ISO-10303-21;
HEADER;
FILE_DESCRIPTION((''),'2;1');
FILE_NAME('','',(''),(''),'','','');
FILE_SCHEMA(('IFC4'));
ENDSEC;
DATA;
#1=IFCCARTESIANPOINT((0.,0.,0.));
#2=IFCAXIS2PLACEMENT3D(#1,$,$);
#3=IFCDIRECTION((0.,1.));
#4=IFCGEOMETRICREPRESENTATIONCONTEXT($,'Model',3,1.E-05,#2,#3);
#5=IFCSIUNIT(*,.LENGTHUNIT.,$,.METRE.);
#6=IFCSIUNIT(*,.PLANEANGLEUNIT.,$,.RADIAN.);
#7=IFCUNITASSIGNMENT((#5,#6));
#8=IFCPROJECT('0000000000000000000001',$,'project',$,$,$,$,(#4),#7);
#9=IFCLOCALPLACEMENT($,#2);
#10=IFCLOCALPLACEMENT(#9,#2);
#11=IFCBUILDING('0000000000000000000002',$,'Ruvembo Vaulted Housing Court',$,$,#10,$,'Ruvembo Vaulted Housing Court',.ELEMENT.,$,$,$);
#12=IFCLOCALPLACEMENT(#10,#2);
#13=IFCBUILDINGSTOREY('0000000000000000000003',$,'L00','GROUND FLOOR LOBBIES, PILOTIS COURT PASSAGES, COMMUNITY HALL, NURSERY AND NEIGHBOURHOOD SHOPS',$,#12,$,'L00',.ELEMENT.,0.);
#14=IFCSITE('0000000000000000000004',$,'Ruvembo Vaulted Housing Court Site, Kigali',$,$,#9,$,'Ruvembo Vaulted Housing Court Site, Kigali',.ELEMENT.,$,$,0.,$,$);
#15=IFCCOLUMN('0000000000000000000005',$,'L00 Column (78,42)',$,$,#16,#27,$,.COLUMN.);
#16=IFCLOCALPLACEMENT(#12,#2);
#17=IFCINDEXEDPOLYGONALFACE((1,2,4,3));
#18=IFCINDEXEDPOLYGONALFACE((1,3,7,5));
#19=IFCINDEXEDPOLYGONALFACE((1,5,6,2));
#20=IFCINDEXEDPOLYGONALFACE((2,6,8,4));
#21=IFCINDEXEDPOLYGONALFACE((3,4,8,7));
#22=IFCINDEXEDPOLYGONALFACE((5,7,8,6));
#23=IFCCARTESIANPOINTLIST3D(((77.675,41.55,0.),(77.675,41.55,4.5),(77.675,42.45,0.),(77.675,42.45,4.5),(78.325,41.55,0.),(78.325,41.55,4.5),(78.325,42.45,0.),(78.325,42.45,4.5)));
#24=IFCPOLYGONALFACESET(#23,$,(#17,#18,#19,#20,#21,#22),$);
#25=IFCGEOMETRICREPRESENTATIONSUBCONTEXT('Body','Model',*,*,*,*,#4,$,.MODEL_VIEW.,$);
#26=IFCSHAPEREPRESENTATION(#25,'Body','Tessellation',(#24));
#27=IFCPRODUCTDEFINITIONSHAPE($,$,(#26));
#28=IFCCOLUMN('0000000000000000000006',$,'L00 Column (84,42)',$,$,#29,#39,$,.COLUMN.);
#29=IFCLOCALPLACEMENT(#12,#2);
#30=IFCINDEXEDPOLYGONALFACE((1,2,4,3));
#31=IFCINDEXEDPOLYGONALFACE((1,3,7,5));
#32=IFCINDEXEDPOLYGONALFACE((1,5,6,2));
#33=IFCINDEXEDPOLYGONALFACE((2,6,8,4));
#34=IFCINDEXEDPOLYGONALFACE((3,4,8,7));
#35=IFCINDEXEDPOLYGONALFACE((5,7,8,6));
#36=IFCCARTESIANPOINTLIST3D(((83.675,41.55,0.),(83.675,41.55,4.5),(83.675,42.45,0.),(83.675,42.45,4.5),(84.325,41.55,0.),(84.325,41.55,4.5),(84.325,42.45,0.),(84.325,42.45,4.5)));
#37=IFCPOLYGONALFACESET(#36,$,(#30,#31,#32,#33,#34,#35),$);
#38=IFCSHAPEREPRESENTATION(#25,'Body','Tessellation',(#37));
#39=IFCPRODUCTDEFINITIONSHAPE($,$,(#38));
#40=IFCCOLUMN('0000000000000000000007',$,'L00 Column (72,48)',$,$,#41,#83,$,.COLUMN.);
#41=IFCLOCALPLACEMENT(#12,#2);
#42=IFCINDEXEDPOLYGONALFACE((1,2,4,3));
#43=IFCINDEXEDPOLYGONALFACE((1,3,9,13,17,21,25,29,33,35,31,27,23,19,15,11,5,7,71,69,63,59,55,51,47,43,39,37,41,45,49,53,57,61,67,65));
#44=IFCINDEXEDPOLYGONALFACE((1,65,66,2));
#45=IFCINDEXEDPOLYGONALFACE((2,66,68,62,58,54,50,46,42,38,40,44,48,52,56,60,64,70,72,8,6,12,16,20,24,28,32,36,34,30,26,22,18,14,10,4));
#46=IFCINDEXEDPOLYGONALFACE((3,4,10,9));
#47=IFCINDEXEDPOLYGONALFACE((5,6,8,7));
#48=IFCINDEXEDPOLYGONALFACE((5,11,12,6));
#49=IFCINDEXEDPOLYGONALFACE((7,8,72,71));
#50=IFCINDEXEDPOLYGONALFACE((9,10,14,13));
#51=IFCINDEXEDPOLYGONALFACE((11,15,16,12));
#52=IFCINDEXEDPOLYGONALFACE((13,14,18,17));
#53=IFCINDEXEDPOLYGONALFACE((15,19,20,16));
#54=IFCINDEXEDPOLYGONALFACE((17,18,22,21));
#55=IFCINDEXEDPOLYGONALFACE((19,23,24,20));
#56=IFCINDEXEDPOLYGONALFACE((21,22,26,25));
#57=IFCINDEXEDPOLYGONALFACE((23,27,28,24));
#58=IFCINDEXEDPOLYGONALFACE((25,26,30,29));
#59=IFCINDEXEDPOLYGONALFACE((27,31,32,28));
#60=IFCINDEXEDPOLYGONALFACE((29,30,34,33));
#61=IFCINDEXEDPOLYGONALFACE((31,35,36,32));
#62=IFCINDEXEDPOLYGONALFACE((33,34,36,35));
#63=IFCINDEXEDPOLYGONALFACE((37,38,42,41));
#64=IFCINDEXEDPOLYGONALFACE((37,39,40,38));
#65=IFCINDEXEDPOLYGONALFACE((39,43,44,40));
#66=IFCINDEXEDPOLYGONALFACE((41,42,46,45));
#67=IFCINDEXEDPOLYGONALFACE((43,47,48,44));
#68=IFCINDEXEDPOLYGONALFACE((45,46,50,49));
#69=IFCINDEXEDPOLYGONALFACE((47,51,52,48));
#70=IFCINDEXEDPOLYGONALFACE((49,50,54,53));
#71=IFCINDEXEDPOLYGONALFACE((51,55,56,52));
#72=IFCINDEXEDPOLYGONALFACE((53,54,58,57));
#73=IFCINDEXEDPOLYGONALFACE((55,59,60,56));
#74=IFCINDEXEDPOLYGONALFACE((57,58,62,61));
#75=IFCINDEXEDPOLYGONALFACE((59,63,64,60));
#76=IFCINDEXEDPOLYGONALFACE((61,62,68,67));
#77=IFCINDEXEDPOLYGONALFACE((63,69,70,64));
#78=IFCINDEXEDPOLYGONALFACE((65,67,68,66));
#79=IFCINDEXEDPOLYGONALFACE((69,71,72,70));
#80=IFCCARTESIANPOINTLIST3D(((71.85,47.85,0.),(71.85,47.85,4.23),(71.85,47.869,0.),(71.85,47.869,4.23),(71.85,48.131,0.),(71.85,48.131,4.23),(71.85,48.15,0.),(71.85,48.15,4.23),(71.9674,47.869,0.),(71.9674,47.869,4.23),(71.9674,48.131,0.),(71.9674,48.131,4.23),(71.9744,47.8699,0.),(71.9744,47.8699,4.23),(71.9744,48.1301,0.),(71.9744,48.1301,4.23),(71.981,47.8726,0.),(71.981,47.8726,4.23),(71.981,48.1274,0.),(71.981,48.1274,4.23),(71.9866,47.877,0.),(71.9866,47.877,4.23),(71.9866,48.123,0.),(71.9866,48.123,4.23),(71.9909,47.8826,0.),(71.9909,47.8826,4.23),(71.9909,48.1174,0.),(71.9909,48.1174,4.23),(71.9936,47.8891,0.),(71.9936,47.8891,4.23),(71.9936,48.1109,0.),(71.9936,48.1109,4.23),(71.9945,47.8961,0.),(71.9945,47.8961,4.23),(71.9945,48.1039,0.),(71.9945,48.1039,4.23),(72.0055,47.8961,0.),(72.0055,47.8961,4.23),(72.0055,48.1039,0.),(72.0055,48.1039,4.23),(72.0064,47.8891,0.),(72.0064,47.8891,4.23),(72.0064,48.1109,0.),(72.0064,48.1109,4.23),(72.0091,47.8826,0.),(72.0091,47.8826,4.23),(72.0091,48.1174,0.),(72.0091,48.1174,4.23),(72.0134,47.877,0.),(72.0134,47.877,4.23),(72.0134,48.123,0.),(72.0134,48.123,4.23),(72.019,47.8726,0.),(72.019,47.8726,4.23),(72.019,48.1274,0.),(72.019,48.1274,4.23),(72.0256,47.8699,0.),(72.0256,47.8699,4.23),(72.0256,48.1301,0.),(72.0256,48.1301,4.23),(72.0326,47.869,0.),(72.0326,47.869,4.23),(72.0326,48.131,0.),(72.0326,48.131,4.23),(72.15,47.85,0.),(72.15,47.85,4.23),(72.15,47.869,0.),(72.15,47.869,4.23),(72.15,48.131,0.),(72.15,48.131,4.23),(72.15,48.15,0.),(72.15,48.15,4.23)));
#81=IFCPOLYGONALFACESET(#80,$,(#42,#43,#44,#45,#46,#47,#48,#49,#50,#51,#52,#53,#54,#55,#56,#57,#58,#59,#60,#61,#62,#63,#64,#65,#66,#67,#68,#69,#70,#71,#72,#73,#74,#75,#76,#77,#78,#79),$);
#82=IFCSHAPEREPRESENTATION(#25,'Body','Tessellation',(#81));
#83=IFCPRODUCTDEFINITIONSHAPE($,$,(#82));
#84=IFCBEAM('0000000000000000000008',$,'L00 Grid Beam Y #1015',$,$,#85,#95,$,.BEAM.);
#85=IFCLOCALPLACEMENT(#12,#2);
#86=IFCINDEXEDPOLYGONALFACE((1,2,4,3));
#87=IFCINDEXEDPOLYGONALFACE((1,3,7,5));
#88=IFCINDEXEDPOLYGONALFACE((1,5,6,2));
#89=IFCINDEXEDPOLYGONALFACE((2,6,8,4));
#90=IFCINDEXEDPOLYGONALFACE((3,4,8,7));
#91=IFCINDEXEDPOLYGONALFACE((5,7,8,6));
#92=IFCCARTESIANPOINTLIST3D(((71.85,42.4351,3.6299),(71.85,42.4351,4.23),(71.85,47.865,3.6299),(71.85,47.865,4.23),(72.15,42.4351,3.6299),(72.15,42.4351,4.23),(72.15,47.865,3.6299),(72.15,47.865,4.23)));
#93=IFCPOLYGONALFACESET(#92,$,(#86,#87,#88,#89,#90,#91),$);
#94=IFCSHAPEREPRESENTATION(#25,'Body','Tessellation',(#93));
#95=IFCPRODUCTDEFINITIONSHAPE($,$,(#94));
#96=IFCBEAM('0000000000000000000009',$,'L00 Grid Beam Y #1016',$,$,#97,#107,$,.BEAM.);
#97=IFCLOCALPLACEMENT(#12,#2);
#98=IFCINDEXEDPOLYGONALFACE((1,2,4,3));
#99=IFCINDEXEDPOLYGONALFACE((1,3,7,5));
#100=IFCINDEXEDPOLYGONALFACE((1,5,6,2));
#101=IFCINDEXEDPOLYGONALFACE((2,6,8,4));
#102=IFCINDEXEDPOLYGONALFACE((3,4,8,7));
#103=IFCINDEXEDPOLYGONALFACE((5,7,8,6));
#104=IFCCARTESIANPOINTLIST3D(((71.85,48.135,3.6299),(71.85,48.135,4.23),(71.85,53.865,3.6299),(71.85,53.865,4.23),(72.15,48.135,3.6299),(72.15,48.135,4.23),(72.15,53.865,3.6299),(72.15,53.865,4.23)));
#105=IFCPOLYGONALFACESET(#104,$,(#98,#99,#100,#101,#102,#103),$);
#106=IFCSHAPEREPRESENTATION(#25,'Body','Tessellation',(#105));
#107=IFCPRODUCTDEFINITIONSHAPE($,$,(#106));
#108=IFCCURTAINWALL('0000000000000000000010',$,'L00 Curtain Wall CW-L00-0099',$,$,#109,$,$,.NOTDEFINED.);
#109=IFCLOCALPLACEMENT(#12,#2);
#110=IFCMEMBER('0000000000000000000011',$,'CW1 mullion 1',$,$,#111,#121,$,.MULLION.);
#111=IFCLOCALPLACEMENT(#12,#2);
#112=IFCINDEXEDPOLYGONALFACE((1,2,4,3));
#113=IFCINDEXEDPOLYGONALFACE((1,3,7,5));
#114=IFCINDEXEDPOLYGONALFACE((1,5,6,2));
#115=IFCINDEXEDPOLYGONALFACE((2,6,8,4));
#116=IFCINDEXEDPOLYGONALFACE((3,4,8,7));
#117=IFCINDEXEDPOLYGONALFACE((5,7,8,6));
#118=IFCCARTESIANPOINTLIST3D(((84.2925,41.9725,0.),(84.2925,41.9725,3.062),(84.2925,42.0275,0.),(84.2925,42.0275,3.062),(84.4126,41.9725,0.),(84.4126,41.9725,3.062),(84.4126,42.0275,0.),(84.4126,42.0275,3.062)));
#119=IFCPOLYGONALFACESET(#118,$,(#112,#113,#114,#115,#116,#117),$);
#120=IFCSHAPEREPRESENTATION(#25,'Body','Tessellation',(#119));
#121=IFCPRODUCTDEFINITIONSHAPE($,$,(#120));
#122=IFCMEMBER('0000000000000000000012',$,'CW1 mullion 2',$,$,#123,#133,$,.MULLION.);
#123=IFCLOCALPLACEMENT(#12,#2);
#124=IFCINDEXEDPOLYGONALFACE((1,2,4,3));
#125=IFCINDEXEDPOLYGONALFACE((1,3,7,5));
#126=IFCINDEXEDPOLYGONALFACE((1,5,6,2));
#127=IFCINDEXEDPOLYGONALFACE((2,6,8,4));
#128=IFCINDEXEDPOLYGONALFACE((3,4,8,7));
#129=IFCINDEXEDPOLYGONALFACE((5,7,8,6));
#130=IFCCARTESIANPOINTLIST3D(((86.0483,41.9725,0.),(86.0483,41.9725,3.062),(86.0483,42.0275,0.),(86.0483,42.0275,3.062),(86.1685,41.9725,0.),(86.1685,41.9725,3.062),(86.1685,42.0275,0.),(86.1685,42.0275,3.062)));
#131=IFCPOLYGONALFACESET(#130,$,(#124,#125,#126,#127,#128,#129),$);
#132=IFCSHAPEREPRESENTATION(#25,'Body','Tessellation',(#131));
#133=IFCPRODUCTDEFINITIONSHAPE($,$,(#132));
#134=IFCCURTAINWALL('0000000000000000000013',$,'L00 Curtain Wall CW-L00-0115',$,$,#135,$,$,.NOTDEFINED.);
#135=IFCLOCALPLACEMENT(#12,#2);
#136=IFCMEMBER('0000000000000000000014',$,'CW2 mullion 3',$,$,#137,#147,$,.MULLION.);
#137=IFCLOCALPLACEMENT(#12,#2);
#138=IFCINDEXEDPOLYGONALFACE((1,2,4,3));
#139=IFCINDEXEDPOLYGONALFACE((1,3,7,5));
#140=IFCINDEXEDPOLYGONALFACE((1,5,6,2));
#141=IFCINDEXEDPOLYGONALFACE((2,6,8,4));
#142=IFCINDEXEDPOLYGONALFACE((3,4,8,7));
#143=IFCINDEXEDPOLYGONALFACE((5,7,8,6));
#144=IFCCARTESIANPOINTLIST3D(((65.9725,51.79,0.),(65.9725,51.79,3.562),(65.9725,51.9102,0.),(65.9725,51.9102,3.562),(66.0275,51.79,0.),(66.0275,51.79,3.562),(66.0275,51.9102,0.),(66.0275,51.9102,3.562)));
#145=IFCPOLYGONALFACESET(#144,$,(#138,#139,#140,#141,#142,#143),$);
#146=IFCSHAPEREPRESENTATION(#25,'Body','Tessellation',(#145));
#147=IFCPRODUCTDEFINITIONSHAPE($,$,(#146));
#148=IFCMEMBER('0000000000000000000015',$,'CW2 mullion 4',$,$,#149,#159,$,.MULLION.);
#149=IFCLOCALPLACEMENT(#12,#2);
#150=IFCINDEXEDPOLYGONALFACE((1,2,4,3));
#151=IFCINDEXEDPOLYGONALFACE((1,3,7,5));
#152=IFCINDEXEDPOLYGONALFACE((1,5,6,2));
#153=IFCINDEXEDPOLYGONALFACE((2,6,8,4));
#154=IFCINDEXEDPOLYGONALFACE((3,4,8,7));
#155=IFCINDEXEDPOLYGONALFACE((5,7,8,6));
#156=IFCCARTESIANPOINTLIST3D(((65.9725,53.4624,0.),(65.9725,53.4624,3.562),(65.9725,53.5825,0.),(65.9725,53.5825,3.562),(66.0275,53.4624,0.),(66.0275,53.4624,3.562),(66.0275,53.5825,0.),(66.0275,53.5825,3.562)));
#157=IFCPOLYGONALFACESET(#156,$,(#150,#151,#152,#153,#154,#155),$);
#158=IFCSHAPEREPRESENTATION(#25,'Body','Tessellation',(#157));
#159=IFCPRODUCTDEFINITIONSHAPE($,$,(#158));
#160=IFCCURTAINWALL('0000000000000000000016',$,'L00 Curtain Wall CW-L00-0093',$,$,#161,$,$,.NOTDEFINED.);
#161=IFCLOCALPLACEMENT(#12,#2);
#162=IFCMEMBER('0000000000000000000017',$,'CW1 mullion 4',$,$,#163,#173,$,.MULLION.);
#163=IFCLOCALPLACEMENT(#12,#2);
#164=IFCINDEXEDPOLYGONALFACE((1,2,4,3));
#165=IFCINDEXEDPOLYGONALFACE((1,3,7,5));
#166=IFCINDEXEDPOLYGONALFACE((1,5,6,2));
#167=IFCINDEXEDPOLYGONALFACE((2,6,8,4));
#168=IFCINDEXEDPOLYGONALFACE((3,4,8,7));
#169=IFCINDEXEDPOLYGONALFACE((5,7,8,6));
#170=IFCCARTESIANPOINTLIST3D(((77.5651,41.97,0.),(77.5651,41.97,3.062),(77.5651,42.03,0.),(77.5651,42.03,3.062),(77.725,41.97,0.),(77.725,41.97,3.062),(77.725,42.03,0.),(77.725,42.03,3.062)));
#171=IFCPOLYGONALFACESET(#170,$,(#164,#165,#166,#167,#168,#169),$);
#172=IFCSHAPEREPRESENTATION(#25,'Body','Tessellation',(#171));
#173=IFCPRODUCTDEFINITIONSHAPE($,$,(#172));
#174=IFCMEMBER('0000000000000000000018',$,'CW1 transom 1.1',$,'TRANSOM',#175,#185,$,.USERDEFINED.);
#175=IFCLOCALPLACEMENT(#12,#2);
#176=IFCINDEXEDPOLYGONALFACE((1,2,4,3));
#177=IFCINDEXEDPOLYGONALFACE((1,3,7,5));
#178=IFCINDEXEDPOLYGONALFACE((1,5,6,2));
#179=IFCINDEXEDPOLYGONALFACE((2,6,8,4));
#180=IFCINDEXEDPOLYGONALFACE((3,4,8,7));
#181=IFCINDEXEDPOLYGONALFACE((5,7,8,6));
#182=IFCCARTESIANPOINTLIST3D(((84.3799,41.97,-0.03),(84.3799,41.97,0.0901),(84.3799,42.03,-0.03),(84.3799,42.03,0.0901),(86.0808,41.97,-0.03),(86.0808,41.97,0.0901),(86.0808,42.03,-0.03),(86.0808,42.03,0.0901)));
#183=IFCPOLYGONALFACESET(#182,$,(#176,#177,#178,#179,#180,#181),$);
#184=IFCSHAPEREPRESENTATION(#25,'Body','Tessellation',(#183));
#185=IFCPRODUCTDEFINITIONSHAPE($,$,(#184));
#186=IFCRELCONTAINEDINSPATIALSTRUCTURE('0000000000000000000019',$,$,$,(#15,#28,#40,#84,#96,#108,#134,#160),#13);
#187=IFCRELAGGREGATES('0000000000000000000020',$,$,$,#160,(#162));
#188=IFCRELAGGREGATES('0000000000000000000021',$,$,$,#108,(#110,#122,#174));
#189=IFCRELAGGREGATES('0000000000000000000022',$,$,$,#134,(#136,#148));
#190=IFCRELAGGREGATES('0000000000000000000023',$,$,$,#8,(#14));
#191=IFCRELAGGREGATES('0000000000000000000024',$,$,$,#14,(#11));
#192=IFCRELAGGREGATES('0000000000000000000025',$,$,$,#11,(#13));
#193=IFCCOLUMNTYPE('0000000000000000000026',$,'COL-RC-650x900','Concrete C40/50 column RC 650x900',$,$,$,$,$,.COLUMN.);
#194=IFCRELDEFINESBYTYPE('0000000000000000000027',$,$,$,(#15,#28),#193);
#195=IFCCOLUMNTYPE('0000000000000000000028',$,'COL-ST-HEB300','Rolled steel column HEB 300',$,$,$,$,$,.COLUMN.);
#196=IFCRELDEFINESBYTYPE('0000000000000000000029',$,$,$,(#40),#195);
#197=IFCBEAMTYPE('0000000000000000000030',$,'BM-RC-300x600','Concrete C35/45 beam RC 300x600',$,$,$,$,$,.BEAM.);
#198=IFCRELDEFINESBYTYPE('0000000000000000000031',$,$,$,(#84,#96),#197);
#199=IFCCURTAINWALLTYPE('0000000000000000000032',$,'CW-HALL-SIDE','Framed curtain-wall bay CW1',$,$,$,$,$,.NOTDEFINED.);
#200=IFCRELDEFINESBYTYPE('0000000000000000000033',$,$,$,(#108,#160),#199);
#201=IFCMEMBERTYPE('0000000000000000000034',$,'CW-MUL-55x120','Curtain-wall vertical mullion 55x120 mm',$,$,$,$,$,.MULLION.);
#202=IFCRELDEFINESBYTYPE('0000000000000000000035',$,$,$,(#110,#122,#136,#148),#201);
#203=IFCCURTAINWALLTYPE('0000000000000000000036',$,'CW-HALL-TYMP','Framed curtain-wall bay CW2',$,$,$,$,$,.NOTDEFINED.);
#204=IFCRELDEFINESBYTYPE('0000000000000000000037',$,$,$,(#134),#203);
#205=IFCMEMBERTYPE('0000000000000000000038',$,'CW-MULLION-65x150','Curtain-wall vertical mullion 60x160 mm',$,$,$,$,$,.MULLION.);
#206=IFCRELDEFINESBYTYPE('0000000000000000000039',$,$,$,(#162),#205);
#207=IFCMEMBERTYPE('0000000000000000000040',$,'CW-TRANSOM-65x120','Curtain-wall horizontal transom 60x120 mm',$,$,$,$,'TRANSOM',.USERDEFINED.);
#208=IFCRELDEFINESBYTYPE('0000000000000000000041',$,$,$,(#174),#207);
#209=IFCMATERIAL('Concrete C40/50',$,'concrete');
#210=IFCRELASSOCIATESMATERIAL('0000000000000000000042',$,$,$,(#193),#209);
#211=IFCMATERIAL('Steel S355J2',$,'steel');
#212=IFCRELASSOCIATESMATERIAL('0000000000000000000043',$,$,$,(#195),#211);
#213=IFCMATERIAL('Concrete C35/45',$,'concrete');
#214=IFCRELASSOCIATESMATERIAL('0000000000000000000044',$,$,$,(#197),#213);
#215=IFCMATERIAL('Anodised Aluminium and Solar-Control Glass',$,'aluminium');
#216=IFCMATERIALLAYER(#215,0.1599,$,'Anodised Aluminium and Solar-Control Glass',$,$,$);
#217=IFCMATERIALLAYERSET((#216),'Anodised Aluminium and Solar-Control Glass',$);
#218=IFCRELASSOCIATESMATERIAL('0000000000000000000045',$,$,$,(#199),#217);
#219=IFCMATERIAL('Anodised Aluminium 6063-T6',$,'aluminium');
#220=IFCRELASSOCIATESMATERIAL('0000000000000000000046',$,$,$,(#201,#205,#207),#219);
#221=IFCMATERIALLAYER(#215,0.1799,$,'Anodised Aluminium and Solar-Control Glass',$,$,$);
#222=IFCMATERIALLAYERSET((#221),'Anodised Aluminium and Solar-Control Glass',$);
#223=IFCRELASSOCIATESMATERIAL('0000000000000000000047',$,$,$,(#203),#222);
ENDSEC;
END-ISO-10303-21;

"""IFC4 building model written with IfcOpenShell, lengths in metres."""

from ifc_helpers import new_model, si_unit, direction, frame, origin, origin_2d, place, context, subcontext, project, spatial, rectangle, i_section, extrude, material, layer, layer_set, material_profile, profile_set, type_object, element, aggregate, save


model = new_model("IFC4")

# Units and contexts
model_context = context("Model", 3, precision=1e-05, world=origin(), true_north=direction((0.0, 1.0)))
body_context = subcontext(model_context, "Body", "Model", "MODEL_VIEW")
ifc_project = project(units=[si_unit("LENGTHUNIT", "METRE"), si_unit("PLANEANGLEUNIT", "RADIAN")], contexts=[model_context])

# Site, building, storey
site_placement = place(None, origin())
site = spatial("IfcSite", under=ifc_project, at=site_placement, Name="Ruvembo Vaulted Housing Court Site, Kigali", LongName="Ruvembo Vaulted Housing Court Site, Kigali", CompositionType="ELEMENT", RefElevation=0.0)
building_placement = place(site_placement, origin())
building = spatial("IfcBuilding", under=site, at=building_placement, Name="Ruvembo Vaulted Housing Court", LongName="Ruvembo Vaulted Housing Court", CompositionType="ELEMENT")
storey_placement = place(building_placement, origin())
storey = spatial("IfcBuildingStorey", under=building, at=storey_placement, Name="L00", Description="GROUND FLOOR LOBBIES, PILOTIS COURT PASSAGES, COMMUNITY HALL, NURSERY AND NEIGHBOURHOOD SHOPS", LongName="L00", CompositionType="ELEMENT", Elevation=0.0)

# Columns
ifc_material_1 = material(Name="Concrete C40/50", Category="concrete")
ifc_material_profile_1 = material_profile(ifc_material_1, rectangle(XDim=0.6499, YDim=0.8999, at=origin_2d()), Name="RC 650x900")
ifc_profile_set_1 = profile_set([ifc_material_profile_1], Name="Concrete C40/50")
column_type_1 = type_object("IfcColumnType", Name="COL-RC-650x900", Description="Concrete C40/50 column RC 650x900", PredefinedType="COLUMN", material=ifc_profile_set_1)
for number, where, z_axis, x_axis, name in (
    (1, (78.0, 42.0, 0.0), (0.0, 0.0, 1.0), (1.0, 0.0, 0.0), "L00 Column (78,42)"),
    (2, (84.0, 42.0, 0.0), (0.0, 0.0, 1.0), (1.0, 0.0, 0.0), "L00 Column (84,42)"),
):
    element("IfcColumn", number, at=place(storey_placement, frame(where, z_axis=z_axis, x_axis=x_axis)), inside=storey, type_object=column_type_1, Name=name, PredefinedType="COLUMN", context=body_context, shape_type="SweptSolid", body=[
        extrude(rectangle(XDim=0.6499, YDim=0.8999, at=origin_2d()), origin(), (0.0, 0.0, 1.0), 4.5),
    ])
ifc_material_2 = material(Name="Steel S355J2", Category="steel")
ifc_material_profile_2 = material_profile(ifc_material_2, i_section(OverallWidth=0.3, OverallDepth=0.3, WebThickness=0.011, FlangeThickness=0.019, FilletRadius=0.0271, at=origin_2d()), Name="HEB 300")
ifc_profile_set_2 = profile_set([ifc_material_profile_2], Name="Steel S355J2")
column_type_2 = type_object("IfcColumnType", Name="COL-ST-HEB300", Description="Rolled steel column HEB 300", PredefinedType="COLUMN", material=ifc_profile_set_2)
column_placement = place(storey_placement, frame((72.0, 48.0, 0.0), z_axis=(0.0, 0.0, 1.0), x_axis=(1.0, 0.0, 0.0)))
element("IfcColumn", 3, at=column_placement, inside=storey, type_object=column_type_2, Name="L00 Column (72,48)", PredefinedType="COLUMN", context=body_context, shape_type="SweptSolid", body=[
    extrude(i_section(OverallWidth=0.3, OverallDepth=0.3, WebThickness=0.011, FlangeThickness=0.019, FilletRadius=0.0271, at=origin_2d()), origin(), (0.0, 0.0, 1.0), 4.23),
])

# Beams
ifc_material_3 = material(Name="Concrete C35/45", Category="concrete")
ifc_material_profile_3 = material_profile(ifc_material_3, rectangle(XDim=0.3, YDim=0.6001, at=origin_2d()), Name="RC 300x600")
ifc_profile_set_3 = profile_set([ifc_material_profile_3], Name="Concrete C35/45")
beam_type_1 = type_object("IfcBeamType", Name="BM-RC-300x600", Description="Concrete C35/45 beam RC 300x600", PredefinedType="BEAM", material=ifc_profile_set_3)
beam_1_placement = place(storey_placement, frame((72.0, 42.4351, 3.9299), z_axis=(0.0, 1.0, 0.0), x_axis=(-1.0, 0.0, 0.0)))
element("IfcBeam", 4, at=beam_1_placement, inside=storey, type_object=beam_type_1, Name="L00 Grid Beam Y #1015", PredefinedType="BEAM", context=body_context, shape_type="SweptSolid", body=[
    extrude(rectangle(XDim=0.3, YDim=0.6001, at=origin_2d()), origin(), (0.0, 0.0, 1.0), 5.4299),
])
beam_2_placement = place(storey_placement, frame((72.0, 48.135, 3.9299), z_axis=(0.0, 1.0, 0.0), x_axis=(-1.0, 0.0, 0.0)))
element("IfcBeam", 5, at=beam_2_placement, inside=storey, type_object=beam_type_1, Name="L00 Grid Beam Y #1016", PredefinedType="BEAM", context=body_context, shape_type="SweptSolid", body=[
    extrude(rectangle(XDim=0.3, YDim=0.6001, at=origin_2d()), origin(), (0.0, 0.0, 1.0), 5.73),
])

# Curtain walls, members
ifc_material_4 = material(Name="Anodised Aluminium and Solar-Control Glass", Category="aluminium")
ifc_layer_1 = layer(ifc_material_4, 0.1599, Name="Anodised Aluminium and Solar-Control Glass")
ifc_layer_set_1 = layer_set([ifc_layer_1], Name="Anodised Aluminium and Solar-Control Glass")
curtain_wall_type_1 = type_object("IfcCurtainWallType", Name="CW-HALL-SIDE", Description="Framed curtain-wall bay CW1", PredefinedType="NOTDEFINED", material=ifc_layer_set_1)
curtain_wall_1_placement = place(storey_placement, origin())
curtain_wall_1 = element("IfcCurtainWall", 6, at=curtain_wall_1_placement, inside=storey, type_object=curtain_wall_type_1, Name="L00 Curtain Wall CW-L00-0099", PredefinedType="NOTDEFINED")
ifc_material_5 = material(Name="Anodised Aluminium 6063-T6", Category="aluminium")
ifc_material_profile_4 = material_profile(ifc_material_5, rectangle(XDim=0.0549, YDim=0.1201, at=origin_2d()), Name="ALU 55x120")
ifc_profile_set_4 = profile_set([ifc_material_profile_4], Name="Anodised Aluminium 6063-T6")
member_type_1 = type_object("IfcMemberType", Name="CW-MUL-55x120", Description="Curtain-wall vertical mullion 55x120 mm", PredefinedType="MULLION", material=ifc_profile_set_4)
member_1_placement = place(storey_placement, frame((84.3525, 42.0, 0.0), z_axis=(0.0, 0.0, 1.0), x_axis=(0.0, 1.0, 0.0)))
member_1 = element("IfcMember", 7, at=member_1_placement, type_object=member_type_1, Name="CW1 mullion 1", PredefinedType="MULLION", context=body_context, shape_type="SweptSolid", body=[
    extrude(rectangle(XDim=0.0549, YDim=0.1201, at=origin_2d()), origin(), (0.0, 0.0, 1.0), 3.062),
])
member_2_placement = place(storey_placement, frame((86.1084, 42.0, 0.0), z_axis=(0.0, 0.0, 1.0), x_axis=(0.0, 1.0, 0.0)))
member_2 = element("IfcMember", 8, at=member_2_placement, type_object=member_type_1, Name="CW1 mullion 2", PredefinedType="MULLION", context=body_context, shape_type="SweptSolid", body=[
    extrude(rectangle(XDim=0.0549, YDim=0.1201, at=origin_2d()), origin(), (0.0, 0.0, 1.0), 3.062),
])
ifc_layer_2 = layer(ifc_material_4, 0.1799, Name="Anodised Aluminium and Solar-Control Glass")
ifc_layer_set_2 = layer_set([ifc_layer_2], Name="Anodised Aluminium and Solar-Control Glass")
curtain_wall_type_2 = type_object("IfcCurtainWallType", Name="CW-HALL-TYMP", Description="Framed curtain-wall bay CW2", PredefinedType="NOTDEFINED", material=ifc_layer_set_2)
curtain_wall_2_placement = place(storey_placement, origin())
curtain_wall_2 = element("IfcCurtainWall", 9, at=curtain_wall_2_placement, inside=storey, type_object=curtain_wall_type_2, Name="L00 Curtain Wall CW-L00-0115", PredefinedType="NOTDEFINED")
member_3_placement = place(storey_placement, frame((66.0, 51.8501, 0.0), z_axis=(0.0, 0.0, 1.0), x_axis=(-1.0, 0.0, 0.0)))
member_3 = element("IfcMember", 10, at=member_3_placement, type_object=member_type_1, Name="CW2 mullion 3", PredefinedType="MULLION", context=body_context, shape_type="SweptSolid", body=[
    extrude(rectangle(XDim=0.0549, YDim=0.1201, at=origin_2d()), origin(), (0.0, 0.0, 1.0), 3.562),
])
member_4_placement = place(storey_placement, frame((66.0, 53.5225, 0.0), z_axis=(0.0, 0.0, 1.0), x_axis=(-1.0, 0.0, 0.0)))
member_4 = element("IfcMember", 11, at=member_4_placement, type_object=member_type_1, Name="CW2 mullion 4", PredefinedType="MULLION", context=body_context, shape_type="SweptSolid", body=[
    extrude(rectangle(XDim=0.0549, YDim=0.1201, at=origin_2d()), origin(), (0.0, 0.0, 1.0), 3.562),
])

# Curtain wall, member
curtain_wall_3_placement = place(storey_placement, origin())
curtain_wall_3 = element("IfcCurtainWall", 12, at=curtain_wall_3_placement, inside=storey, type_object=curtain_wall_type_1, Name="L00 Curtain Wall CW-L00-0093", PredefinedType="NOTDEFINED")
ifc_material_profile_5 = material_profile(ifc_material_5, rectangle(XDim=0.0601, YDim=0.1599, at=origin_2d()), Name="ALU 60x160")
ifc_profile_set_5 = profile_set([ifc_material_profile_5], Name="Anodised Aluminium 6063-T6")
member_type_2 = type_object("IfcMemberType", Name="CW-MULLION-65x150", Description="Curtain-wall vertical mullion 60x160 mm", PredefinedType="MULLION", material=ifc_profile_set_5)
member_5_placement = place(storey_placement, frame((77.645, 42.0, 0.0), z_axis=(0.0, 0.0, 1.0), x_axis=(0.0, 1.0, 0.0)))
member_5 = element("IfcMember", 13, at=member_5_placement, type_object=member_type_2, Name="CW1 mullion 4", PredefinedType="MULLION", context=body_context, shape_type="SweptSolid", body=[
    extrude(rectangle(XDim=0.0601, YDim=0.1599, at=origin_2d()), origin(), (0.0, 0.0, 1.0), 3.062),
])

# Member
ifc_material_profile_6 = material_profile(ifc_material_5, rectangle(XDim=0.0601, YDim=0.1201, at=origin_2d()), Name="ALU 60x120")
ifc_profile_set_6 = profile_set([ifc_material_profile_6], Name="Anodised Aluminium 6063-T6")
member_type_3 = type_object("IfcMemberType", Name="CW-TRANSOM-65x120", Description="Curtain-wall horizontal transom 60x120 mm", ElementType="TRANSOM", PredefinedType="USERDEFINED", material=ifc_profile_set_6)
member_6_placement = place(storey_placement, frame((84.3799, 42.0, 0.03), z_axis=(1.0, 0.0, 0.0), x_axis=(0.0, 1.0, 0.0)))
member_6 = element("IfcMember", 14, at=member_6_placement, type_object=member_type_3, Name="CW1 transom 1.1", ObjectType="TRANSOM", PredefinedType="USERDEFINED", context=body_context, shape_type="SweptSolid", body=[
    extrude(rectangle(XDim=0.0601, YDim=0.1201, at=origin_2d()), origin(), (0.0, 0.0, 1.0), 1.7009),
])

aggregate(curtain_wall_3, [member_5])
aggregate(curtain_wall_1, [member_1, member_2, member_6])
aggregate(curtain_wall_2, [member_3, member_4])

save(model, "model.ifc")
